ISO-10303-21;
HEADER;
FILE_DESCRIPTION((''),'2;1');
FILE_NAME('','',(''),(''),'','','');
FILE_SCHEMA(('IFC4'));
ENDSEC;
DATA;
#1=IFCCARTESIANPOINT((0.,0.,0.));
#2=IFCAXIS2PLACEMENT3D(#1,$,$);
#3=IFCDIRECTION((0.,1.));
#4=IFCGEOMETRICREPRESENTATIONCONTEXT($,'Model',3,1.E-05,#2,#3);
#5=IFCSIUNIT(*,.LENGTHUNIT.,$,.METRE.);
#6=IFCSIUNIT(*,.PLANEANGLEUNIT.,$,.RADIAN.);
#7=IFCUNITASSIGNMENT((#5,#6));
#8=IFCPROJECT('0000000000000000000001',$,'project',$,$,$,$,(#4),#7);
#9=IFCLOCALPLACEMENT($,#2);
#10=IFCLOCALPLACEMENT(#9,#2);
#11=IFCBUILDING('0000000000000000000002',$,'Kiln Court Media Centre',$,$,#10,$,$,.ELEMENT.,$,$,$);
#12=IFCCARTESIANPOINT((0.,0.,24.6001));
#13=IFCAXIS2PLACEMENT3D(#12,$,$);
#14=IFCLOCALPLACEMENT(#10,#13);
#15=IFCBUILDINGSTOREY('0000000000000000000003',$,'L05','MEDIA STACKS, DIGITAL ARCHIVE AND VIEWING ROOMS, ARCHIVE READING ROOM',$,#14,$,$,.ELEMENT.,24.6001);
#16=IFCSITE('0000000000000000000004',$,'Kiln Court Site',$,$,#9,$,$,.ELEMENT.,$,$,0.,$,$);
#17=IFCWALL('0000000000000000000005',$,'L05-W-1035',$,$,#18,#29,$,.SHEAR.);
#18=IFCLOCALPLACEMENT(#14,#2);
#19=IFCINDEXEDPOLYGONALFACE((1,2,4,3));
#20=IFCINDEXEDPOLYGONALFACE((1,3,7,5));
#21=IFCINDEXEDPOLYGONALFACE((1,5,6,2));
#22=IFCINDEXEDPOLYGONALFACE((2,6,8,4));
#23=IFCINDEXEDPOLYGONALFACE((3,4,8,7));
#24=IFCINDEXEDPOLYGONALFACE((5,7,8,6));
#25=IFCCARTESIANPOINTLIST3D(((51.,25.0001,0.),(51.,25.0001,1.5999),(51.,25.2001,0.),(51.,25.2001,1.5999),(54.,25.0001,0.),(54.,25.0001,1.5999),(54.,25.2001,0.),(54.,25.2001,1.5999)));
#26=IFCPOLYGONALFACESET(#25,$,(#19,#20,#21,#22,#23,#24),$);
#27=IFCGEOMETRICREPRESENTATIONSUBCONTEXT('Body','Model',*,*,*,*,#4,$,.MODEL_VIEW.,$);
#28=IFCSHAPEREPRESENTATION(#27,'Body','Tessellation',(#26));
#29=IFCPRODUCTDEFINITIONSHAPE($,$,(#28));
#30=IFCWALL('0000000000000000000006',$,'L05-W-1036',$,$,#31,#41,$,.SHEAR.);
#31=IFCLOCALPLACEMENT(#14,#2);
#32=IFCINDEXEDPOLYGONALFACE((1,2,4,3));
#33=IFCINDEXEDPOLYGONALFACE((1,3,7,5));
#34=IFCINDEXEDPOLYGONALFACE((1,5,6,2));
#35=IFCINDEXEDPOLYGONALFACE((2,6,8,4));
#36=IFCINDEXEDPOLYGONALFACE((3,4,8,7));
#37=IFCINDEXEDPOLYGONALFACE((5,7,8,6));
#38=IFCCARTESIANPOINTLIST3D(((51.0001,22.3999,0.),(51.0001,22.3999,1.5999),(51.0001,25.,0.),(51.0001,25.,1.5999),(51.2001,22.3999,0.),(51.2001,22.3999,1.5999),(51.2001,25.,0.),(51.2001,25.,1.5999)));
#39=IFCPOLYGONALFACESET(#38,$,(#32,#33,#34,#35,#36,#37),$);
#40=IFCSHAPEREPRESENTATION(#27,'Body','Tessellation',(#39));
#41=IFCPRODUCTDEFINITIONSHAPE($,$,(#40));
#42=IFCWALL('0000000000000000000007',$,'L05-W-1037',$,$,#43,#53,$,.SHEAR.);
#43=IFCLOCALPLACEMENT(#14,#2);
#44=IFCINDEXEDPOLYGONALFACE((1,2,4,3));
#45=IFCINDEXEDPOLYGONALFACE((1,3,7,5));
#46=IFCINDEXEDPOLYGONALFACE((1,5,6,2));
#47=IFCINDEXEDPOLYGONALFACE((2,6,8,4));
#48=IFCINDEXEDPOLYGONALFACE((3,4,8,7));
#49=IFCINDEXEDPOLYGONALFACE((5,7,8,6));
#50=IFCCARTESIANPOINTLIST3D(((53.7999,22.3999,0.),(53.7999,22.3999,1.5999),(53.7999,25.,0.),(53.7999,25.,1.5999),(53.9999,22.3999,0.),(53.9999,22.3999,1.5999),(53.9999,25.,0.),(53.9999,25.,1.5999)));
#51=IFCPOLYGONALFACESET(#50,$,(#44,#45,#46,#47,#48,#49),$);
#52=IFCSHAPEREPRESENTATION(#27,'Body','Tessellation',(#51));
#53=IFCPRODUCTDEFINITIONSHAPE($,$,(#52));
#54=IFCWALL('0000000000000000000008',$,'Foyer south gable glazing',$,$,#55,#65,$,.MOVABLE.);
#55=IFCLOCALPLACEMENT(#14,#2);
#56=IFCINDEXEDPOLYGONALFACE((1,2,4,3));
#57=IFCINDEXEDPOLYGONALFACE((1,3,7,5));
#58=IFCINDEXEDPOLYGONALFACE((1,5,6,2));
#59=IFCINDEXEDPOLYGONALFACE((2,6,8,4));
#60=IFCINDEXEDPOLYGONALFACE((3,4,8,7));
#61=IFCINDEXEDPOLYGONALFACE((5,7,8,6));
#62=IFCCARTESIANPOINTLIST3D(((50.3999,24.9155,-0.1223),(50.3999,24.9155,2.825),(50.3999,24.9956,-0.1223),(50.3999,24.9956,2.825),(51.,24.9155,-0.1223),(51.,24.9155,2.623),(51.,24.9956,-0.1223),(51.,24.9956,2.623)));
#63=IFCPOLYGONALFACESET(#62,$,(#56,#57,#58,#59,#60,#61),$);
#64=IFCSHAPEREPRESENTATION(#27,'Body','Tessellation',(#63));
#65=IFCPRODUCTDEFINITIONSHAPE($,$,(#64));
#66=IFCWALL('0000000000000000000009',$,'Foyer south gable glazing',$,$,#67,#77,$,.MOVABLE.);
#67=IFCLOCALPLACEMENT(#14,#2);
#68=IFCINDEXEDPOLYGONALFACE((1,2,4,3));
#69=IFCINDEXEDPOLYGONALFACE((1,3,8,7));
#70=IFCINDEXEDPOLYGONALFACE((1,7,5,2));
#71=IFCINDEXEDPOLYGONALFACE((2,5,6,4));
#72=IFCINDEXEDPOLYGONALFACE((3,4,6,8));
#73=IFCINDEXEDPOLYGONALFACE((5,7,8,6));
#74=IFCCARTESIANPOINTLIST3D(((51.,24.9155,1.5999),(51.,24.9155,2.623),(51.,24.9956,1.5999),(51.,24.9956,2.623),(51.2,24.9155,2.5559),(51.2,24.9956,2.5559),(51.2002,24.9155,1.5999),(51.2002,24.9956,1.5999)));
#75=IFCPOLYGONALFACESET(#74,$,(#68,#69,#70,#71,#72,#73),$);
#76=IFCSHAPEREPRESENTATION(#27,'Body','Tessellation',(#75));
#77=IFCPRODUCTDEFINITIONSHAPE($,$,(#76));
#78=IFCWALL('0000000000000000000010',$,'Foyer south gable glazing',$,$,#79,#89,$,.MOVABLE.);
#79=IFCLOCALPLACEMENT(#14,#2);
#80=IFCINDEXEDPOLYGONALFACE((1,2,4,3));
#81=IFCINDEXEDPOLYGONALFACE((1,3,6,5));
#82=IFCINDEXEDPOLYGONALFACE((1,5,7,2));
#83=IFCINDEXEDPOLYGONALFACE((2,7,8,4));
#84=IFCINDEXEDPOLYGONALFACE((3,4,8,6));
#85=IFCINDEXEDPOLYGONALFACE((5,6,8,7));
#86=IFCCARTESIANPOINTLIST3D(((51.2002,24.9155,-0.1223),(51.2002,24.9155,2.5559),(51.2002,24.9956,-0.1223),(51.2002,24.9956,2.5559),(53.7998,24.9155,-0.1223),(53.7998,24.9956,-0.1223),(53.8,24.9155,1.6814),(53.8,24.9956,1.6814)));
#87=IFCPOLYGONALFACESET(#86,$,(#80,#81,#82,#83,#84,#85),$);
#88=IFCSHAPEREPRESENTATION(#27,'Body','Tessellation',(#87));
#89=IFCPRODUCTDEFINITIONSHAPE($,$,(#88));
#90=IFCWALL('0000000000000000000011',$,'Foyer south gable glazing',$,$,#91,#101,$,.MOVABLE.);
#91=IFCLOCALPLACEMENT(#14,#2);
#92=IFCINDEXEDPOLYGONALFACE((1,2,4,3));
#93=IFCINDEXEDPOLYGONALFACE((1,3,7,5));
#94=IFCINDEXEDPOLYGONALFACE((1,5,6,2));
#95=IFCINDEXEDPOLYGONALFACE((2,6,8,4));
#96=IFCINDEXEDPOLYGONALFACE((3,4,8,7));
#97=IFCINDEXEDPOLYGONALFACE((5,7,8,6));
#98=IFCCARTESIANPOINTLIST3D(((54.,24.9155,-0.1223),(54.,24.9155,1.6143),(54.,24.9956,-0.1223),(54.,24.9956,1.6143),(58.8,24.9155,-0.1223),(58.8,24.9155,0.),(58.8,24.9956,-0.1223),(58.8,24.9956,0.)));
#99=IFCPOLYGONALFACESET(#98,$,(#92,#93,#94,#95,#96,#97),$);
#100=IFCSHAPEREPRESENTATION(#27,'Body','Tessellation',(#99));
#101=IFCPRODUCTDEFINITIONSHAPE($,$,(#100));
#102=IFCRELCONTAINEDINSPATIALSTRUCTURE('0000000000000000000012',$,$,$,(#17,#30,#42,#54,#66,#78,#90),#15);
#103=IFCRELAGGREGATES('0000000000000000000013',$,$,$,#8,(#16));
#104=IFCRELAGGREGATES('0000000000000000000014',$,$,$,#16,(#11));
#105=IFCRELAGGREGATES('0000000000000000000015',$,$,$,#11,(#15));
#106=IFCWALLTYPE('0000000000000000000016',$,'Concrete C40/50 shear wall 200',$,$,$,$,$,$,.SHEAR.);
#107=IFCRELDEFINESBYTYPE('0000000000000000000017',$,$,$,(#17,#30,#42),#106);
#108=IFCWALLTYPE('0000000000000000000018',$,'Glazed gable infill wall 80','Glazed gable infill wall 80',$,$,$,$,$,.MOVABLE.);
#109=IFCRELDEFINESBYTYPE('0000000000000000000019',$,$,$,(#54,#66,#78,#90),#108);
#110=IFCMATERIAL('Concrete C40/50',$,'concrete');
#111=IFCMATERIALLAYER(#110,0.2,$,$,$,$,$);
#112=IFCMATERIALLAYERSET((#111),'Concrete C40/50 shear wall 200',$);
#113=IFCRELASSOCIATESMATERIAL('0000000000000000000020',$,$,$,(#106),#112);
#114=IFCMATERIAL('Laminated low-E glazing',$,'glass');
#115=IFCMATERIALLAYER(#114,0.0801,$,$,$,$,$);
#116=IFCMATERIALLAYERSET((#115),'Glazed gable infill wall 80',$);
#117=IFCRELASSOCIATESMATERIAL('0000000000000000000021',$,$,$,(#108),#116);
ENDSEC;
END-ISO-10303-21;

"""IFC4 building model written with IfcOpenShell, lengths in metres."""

from ifc_helpers import new_model, si_unit, direction, frame, frame_2d, origin, place, context, subcontext, project, spatial, polyline, rectangle, outline, extrude, material, layer, layer_set, type_object, element, save


model = new_model("IFC4")

# Units and contexts
model_context = context("Model", 3, precision=1e-05, world=origin(), true_north=direction((0.0, 1.0)))
body_context = subcontext(model_context, "Body", "Model", "MODEL_VIEW")
ifc_project = project(units=[si_unit("LENGTHUNIT", "METRE"), si_unit("PLANEANGLEUNIT", "RADIAN")], contexts=[model_context])

# Site, building, storey
site_placement = place(None, origin())
site = spatial("IfcSite", under=ifc_project, at=site_placement, Name="Kiln Court Site", CompositionType="ELEMENT", RefElevation=0.0)
building_placement = place(site_placement, origin())
building = spatial("IfcBuilding", under=site, at=building_placement, Name="Kiln Court Media Centre", CompositionType="ELEMENT")
storey_placement = place(building_placement, frame((0.0, 0.0, 24.6001)))
storey = spatial("IfcBuildingStorey", under=building, at=storey_placement, Name="L05", Description="MEDIA STACKS, DIGITAL ARCHIVE AND VIEWING ROOMS, ARCHIVE READING ROOM", CompositionType="ELEMENT", Elevation=24.6001)

# Walls
ifc_material_1 = material(Name="Concrete C40/50", Category="concrete")
ifc_layer_1 = layer(ifc_material_1, 0.2)
ifc_layer_set_1 = layer_set([ifc_layer_1], Name="Concrete C40/50 shear wall 200")
wall_type_1 = type_object("IfcWallType", Name="Concrete C40/50 shear wall 200", PredefinedType="SHEAR", material=ifc_layer_set_1)
for number, where, z_axis, x_axis, name in (
    (1, (51.0, 25.1001, 0.0), (0.0, 0.0, 1.0), (1.0, 0.0, 0.0), "L05-W-1035"),
):
    element("IfcWall", number, at=place(storey_placement, frame(where, z_axis=z_axis, x_axis=x_axis)), inside=storey, type_object=wall_type_1, Name=name, PredefinedType="SHEAR", context=body_context, shape_type="SweptSolid", body=[
        extrude(rectangle(XDim=3.0, YDim=0.2, at=frame_2d((1.5, 0.0))), origin(), (0.0, 0.0, 1.0), 1.5999),
    ])
for number, where, z_axis, x_axis, name in (
    (2, (51.1001, 22.3999, 0.0), (0.0, 0.0, 1.0), (0.0, 1.0, 0.0), "L05-W-1036"),
    (3, (53.8999, 25.0, 0.0), (0.0, 0.0, 1.0), (0.0, -1.0, 0.0), "L05-W-1037"),
):
    element("IfcWall", number, at=place(storey_placement, frame(where, z_axis=z_axis, x_axis=x_axis)), inside=storey, type_object=wall_type_1, Name=name, PredefinedType="SHEAR", context=body_context, shape_type="SweptSolid", body=[
        extrude(rectangle(XDim=2.6001, YDim=0.2, at=frame_2d((1.3, 0.0))), origin(), (0.0, 0.0, 1.0), 1.5999),
    ])
ifc_material_2 = material(Name="Laminated low-E glazing", Category="glass")
ifc_layer_2 = layer(ifc_material_2, 0.0801)
ifc_layer_set_2 = layer_set([ifc_layer_2], Name="Glazed gable infill wall 80")
wall_type_2 = type_object("IfcWallType", Name="Glazed gable infill wall 80", Description="Glazed gable infill wall 80", PredefinedType="MOVABLE", material=ifc_layer_set_2)
wall_1_placement = place(storey_placement, frame((50.3999, 24.9556, -0.1223), z_axis=(0.0, 0.0, 1.0), x_axis=(1.0, 0.0, 0.0)))
element("IfcWall", 4, at=wall_1_placement, inside=storey, type_object=wall_type_2, Name="Foyer south gable glazing", PredefinedType="MOVABLE", context=body_context, shape_type="SweptSolid", body=[
    extrude(outline(polyline([(0.0, 0.0), (0.6001, 0.0), (0.6001, 2.7454), (0.0, 2.9473), (0.0, 0.0)])), frame((0.0, 0.04, 0.0), z_axis=(0.0, -1.0, 0.0), x_axis=(1.0, 0.0, 0.0)), (0.0, 0.0, 1.0), 0.0801),
])
wall_2_placement = place(storey_placement, frame((51.0, 24.9556, 1.5999), z_axis=(0.0, 0.0, 1.0), x_axis=(1.0, 0.0, 0.0)))
element("IfcWall", 5, at=wall_2_placement, inside=storey, type_object=wall_type_2, Name="Foyer south gable glazing", PredefinedType="MOVABLE", context=body_context, shape_type="SweptSolid", body=[
    extrude(outline(polyline([(0.0, 0.0), (0.2002, 0.0), (0.2, 0.9561), (0.0, 1.0232), (0.0, 0.0)])), frame((0.0, 0.04, 0.0), z_axis=(0.0, -1.0, 0.0), x_axis=(1.0, 0.0, 0.0)), (0.0, 0.0, 1.0), 0.0801),
])
wall_3_placement = place(storey_placement, frame((51.2002, 24.9556, -0.1223), z_axis=(0.0, 0.0, 1.0), x_axis=(1.0, 0.0, 0.0)))
element("IfcWall", 6, at=wall_3_placement, inside=storey, type_object=wall_type_2, Name="Foyer south gable glazing", PredefinedType="MOVABLE", context=body_context, shape_type="SweptSolid", body=[
    extrude(outline(polyline([(0.0, 0.0), (2.5996, 0.0), (2.5999, 1.8037), (0.0, 2.6782), (0.0, 0.0)])), frame((0.0, 0.04, 0.0), z_axis=(0.0, -1.0, 0.0), x_axis=(1.0, 0.0, 0.0)), (0.0, 0.0, 1.0), 0.0801),
])
wall_4_placement = place(storey_placement, frame((54.0, 24.9556, -0.1223), z_axis=(0.0, 0.0, 1.0), x_axis=(1.0, 0.0, 0.0)))
element("IfcWall", 7, at=wall_4_placement, inside=storey, type_object=wall_type_2, Name="Foyer south gable glazing", PredefinedType="MOVABLE", context=body_context, shape_type="SweptSolid", body=[
    extrude(outline(polyline([(0.0, 0.0), (4.8, 0.0), (4.8, 0.1223), (0.0, 1.7366), (0.0, 0.0)])), frame((0.0, 0.04, 0.0), z_axis=(0.0, -1.0, 0.0), x_axis=(1.0, 0.0, 0.0)), (0.0, 0.0, 1.0), 0.0801),
])

save(model, "model.ifc")
